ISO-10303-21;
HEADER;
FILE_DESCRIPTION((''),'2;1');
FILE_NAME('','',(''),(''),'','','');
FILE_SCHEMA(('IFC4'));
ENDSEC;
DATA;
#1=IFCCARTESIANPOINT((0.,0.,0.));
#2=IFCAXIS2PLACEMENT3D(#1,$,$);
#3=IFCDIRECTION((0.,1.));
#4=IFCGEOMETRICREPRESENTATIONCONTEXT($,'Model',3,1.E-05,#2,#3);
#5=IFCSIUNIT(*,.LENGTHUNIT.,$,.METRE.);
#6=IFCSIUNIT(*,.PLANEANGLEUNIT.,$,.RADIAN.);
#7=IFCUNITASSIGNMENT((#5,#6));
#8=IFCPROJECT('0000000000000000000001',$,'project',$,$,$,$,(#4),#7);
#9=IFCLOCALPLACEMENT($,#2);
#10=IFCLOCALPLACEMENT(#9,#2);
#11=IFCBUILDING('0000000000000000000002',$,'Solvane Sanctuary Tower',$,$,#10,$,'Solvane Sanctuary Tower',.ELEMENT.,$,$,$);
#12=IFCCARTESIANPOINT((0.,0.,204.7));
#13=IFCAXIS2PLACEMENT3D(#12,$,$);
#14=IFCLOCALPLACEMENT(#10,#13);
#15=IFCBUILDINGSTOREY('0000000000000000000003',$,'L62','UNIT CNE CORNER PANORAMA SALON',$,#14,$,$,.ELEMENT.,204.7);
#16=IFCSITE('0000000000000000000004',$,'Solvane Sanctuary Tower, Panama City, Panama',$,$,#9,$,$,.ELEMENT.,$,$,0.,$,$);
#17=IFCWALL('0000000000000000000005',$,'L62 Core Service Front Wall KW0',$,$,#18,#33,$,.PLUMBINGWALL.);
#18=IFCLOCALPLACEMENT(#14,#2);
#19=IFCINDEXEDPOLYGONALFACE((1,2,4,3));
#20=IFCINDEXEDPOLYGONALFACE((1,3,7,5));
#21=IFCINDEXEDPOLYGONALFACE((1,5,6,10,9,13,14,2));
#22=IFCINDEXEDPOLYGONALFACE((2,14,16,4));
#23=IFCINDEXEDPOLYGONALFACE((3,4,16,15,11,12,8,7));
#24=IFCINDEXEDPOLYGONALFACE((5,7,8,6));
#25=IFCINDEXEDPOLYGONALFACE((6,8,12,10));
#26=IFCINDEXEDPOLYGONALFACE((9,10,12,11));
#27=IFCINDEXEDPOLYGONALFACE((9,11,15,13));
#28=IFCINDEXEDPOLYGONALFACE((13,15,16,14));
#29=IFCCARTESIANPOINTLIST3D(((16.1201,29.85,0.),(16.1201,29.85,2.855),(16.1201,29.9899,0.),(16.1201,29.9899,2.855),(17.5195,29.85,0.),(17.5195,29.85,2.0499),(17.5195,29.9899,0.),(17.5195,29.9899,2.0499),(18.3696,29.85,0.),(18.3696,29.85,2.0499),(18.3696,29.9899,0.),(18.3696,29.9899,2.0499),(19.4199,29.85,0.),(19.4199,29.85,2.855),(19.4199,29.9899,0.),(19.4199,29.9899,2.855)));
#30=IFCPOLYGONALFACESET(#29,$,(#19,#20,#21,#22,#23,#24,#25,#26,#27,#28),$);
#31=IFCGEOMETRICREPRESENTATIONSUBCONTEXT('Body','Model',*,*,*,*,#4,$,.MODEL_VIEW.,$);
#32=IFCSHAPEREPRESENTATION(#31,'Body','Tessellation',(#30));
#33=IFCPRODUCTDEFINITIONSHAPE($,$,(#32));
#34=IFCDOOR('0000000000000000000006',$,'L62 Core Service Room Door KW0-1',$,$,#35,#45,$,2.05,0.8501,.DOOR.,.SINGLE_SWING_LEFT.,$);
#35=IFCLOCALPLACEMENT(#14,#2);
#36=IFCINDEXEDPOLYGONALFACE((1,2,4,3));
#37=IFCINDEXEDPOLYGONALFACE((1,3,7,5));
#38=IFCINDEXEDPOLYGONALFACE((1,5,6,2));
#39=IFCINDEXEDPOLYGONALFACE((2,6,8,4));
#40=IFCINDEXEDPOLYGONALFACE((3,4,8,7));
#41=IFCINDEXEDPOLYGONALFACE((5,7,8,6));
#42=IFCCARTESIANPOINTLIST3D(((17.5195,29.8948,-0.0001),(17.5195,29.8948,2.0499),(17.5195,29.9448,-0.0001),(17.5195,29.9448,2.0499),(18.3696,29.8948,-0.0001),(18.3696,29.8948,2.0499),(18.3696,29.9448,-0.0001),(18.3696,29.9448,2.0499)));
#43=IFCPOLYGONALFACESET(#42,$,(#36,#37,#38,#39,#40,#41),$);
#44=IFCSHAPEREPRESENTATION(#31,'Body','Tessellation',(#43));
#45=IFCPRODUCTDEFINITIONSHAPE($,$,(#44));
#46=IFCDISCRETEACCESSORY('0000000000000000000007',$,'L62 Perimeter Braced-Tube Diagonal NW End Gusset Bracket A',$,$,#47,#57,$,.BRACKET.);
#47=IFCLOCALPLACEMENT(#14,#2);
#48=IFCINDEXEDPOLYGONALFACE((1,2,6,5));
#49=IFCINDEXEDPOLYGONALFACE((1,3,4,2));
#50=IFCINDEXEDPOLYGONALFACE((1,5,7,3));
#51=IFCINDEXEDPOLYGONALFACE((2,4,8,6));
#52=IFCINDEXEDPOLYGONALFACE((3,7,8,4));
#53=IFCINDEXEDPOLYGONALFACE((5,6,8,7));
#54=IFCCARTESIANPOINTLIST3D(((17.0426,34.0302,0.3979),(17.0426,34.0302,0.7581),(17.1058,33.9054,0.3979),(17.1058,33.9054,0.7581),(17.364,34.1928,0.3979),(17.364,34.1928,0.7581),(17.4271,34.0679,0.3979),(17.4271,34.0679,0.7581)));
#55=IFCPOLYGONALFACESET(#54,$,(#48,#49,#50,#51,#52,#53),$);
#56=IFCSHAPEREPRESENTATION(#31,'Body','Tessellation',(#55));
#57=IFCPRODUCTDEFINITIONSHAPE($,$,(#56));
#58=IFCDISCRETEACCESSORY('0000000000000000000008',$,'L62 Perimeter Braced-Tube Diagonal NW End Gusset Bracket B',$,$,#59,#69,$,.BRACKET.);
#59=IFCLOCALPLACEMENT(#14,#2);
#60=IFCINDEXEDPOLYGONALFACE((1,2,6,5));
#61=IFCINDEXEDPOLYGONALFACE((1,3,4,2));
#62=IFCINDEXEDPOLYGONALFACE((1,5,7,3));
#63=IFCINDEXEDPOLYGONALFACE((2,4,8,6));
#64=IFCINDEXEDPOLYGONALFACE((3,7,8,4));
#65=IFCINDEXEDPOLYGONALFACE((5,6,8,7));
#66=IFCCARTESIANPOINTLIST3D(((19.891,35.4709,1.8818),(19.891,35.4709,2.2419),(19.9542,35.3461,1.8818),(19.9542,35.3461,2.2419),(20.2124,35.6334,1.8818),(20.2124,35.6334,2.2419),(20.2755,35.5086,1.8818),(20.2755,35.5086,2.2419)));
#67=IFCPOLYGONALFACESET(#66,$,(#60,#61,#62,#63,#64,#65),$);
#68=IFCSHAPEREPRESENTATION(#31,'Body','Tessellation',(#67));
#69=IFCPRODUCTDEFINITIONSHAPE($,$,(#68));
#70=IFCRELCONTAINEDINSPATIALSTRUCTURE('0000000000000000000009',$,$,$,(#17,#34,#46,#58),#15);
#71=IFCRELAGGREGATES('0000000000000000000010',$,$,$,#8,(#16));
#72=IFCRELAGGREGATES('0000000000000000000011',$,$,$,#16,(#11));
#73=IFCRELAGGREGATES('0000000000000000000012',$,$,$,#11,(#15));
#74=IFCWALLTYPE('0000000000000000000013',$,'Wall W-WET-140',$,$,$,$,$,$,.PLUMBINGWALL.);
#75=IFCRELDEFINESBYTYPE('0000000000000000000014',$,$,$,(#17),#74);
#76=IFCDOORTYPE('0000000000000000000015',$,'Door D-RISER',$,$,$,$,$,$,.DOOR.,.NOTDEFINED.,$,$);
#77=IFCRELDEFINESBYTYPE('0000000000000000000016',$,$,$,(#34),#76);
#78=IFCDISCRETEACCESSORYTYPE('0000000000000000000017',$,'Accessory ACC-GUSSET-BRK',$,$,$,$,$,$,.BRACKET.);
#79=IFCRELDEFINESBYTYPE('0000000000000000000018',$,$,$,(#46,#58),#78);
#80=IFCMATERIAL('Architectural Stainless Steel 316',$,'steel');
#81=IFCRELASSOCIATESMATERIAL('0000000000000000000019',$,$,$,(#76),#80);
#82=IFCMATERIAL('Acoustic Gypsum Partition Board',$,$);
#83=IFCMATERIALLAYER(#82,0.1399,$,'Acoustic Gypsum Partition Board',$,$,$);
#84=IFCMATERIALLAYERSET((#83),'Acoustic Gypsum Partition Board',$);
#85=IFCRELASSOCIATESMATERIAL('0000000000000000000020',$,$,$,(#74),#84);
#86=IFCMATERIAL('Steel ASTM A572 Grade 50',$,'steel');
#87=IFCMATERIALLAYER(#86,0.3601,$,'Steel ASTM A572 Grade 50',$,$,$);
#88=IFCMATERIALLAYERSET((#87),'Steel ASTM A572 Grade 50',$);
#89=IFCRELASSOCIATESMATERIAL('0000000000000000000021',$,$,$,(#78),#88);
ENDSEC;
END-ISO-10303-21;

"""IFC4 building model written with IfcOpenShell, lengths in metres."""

from ifc_helpers import new_model, si_unit, direction, frame, frame_2d, origin, origin_2d, place, context, subcontext, project, spatial, rectangle, extrude, material, layer, layer_set, type_object, element, fill, save


model = new_model("IFC4")

# Units and contexts
model_context = context("Model", 3, precision=1e-05, world=origin(), true_north=direction((0.0, 1.0)))
body_context = subcontext(model_context, "Body", "Model", "MODEL_VIEW")
ifc_project = project(units=[si_unit("LENGTHUNIT", "METRE"), si_unit("PLANEANGLEUNIT", "RADIAN")], contexts=[model_context])

# Site, building, storey
site_placement = place(None, origin())
site = spatial("IfcSite", under=ifc_project, at=site_placement, Name="Solvane Sanctuary Tower, Panama City, Panama", CompositionType="ELEMENT", RefElevation=0.0)
building_placement = place(site_placement, origin())
building = spatial("IfcBuilding", under=site, at=building_placement, Name="Solvane Sanctuary Tower", LongName="Solvane Sanctuary Tower", CompositionType="ELEMENT")
storey_placement = place(building_placement, frame((0.0, 0.0, 204.7)))
storey = spatial("IfcBuildingStorey", under=building, at=storey_placement, Name="L62", Description="UNIT CNE CORNER PANORAMA SALON", CompositionType="ELEMENT", Elevation=204.7)

# Shared definitions
ifc_material_1 = material(Name="Acoustic Gypsum Partition Board")

# Shared definitions
ifc_material_2 = material(Name="Architectural Stainless Steel 316", Category="steel")
door_type_1 = type_object("IfcDoorType", Name="Door D-RISER", OperationType="NOTDEFINED", PredefinedType="DOOR", material=ifc_material_2)

# Wall, opening, door
ifc_layer_1 = layer(ifc_material_1, 0.1399, Name="Acoustic Gypsum Partition Board")
ifc_layer_set_1 = layer_set([ifc_layer_1], Name="Acoustic Gypsum Partition Board")
wall_type_1 = type_object("IfcWallType", Name="Wall W-WET-140", PredefinedType="PLUMBINGWALL", material=ifc_layer_set_1)
wall_1_placement = place(storey_placement, frame((16.1201, 29.9199, 0.0), z_axis=(0.0, 0.0, 1.0), x_axis=(1.0, 0.0, 0.0)))
wall_1 = element("IfcWall", 1, at=wall_1_placement, inside=storey, type_object=wall_type_1, Name="L62 Core Service Front Wall KW0", PredefinedType="PLUMBINGWALL", context=body_context, shape_type="SweptSolid", body=[
    extrude(rectangle(XDim=3.2998, YDim=0.1399, at=frame_2d((1.6499, 0.0))), origin(), (0.0, 0.0, 1.0), 2.855),
])
opening_1_placement = place(wall_1_placement, frame((1.3994, 0.0, 0.0)))
opening_1 = element("IfcOpeningElement", 2, at=opening_1_placement, cuts=wall_1, PredefinedType="OPENING", context=body_context, shape_type="SweptSolid", body=[
    extrude(rectangle(XDim=0.8501, YDim=2.05, at=frame_2d((0.425, 1.0249))), frame((0.0, 0.0798, 0.0), z_axis=(0.0, -1.0, 0.0), x_axis=(1.0, 0.0, 0.0)), (0.0, 0.0, 1.0), 0.1599),
])
door_1_placement = place(opening_1_placement, origin())
door_1 = element("IfcDoor", 3, at=door_1_placement, inside=storey, type_object=door_type_1, Name="L62 Core Service Room Door KW0-1", OperationType="SINGLE_SWING_LEFT", OverallHeight=2.05, OverallWidth=0.8501, PredefinedType="DOOR", context=body_context, shape_type="SweptSolid", body=[
    extrude(rectangle(XDim=0.8501, YDim=2.05, at=frame_2d((0.425, 1.0249))), frame((0.0, 0.0249, 0.0), z_axis=(0.0, -1.0, 0.0), x_axis=(1.0, 0.0, 0.0)), (0.0, 0.0, 1.0), 0.05),
])
fill(opening_1, door_1)

# Discrete accessories
ifc_material_3 = material(Name="Steel ASTM A572 Grade 50", Category="steel")
ifc_layer_2 = layer(ifc_material_3, 0.3601, Name="Steel ASTM A572 Grade 50")
ifc_layer_set_2 = layer_set([ifc_layer_2], Name="Steel ASTM A572 Grade 50")
discrete_accessory_type = type_object("IfcDiscreteAccessoryType", Name="Accessory ACC-GUSSET-BRK", PredefinedType="BRACKET", material=ifc_layer_set_2)
for number, where, z_axis, x_axis, name in (
    (4, (17.2349, 34.0491, 0.3979), (0.0, 0.0, 1.0), (0.89235, 0.451345, 0.0), "L62 Perimeter Braced-Tube Diagonal NW End Gusset Bracket A"),
    (5, (20.0833, 35.4897, 1.8818), (0.0, 0.0, 1.0), (0.89235, 0.451345, 0.0), "L62 Perimeter Braced-Tube Diagonal NW End Gusset Bracket B"),
):
    element("IfcDiscreteAccessory", number, at=place(storey_placement, frame(where, z_axis=z_axis, x_axis=x_axis)), inside=storey, type_object=discrete_accessory_type, Name=name, PredefinedType="BRACKET", context=body_context, shape_type="SweptSolid", body=[
        extrude(rectangle(XDim=0.3601, YDim=0.1399, at=origin_2d()), origin(), (0.0, 0.0, 1.0), 0.3601),
    ])

save(model, "model.ifc")
